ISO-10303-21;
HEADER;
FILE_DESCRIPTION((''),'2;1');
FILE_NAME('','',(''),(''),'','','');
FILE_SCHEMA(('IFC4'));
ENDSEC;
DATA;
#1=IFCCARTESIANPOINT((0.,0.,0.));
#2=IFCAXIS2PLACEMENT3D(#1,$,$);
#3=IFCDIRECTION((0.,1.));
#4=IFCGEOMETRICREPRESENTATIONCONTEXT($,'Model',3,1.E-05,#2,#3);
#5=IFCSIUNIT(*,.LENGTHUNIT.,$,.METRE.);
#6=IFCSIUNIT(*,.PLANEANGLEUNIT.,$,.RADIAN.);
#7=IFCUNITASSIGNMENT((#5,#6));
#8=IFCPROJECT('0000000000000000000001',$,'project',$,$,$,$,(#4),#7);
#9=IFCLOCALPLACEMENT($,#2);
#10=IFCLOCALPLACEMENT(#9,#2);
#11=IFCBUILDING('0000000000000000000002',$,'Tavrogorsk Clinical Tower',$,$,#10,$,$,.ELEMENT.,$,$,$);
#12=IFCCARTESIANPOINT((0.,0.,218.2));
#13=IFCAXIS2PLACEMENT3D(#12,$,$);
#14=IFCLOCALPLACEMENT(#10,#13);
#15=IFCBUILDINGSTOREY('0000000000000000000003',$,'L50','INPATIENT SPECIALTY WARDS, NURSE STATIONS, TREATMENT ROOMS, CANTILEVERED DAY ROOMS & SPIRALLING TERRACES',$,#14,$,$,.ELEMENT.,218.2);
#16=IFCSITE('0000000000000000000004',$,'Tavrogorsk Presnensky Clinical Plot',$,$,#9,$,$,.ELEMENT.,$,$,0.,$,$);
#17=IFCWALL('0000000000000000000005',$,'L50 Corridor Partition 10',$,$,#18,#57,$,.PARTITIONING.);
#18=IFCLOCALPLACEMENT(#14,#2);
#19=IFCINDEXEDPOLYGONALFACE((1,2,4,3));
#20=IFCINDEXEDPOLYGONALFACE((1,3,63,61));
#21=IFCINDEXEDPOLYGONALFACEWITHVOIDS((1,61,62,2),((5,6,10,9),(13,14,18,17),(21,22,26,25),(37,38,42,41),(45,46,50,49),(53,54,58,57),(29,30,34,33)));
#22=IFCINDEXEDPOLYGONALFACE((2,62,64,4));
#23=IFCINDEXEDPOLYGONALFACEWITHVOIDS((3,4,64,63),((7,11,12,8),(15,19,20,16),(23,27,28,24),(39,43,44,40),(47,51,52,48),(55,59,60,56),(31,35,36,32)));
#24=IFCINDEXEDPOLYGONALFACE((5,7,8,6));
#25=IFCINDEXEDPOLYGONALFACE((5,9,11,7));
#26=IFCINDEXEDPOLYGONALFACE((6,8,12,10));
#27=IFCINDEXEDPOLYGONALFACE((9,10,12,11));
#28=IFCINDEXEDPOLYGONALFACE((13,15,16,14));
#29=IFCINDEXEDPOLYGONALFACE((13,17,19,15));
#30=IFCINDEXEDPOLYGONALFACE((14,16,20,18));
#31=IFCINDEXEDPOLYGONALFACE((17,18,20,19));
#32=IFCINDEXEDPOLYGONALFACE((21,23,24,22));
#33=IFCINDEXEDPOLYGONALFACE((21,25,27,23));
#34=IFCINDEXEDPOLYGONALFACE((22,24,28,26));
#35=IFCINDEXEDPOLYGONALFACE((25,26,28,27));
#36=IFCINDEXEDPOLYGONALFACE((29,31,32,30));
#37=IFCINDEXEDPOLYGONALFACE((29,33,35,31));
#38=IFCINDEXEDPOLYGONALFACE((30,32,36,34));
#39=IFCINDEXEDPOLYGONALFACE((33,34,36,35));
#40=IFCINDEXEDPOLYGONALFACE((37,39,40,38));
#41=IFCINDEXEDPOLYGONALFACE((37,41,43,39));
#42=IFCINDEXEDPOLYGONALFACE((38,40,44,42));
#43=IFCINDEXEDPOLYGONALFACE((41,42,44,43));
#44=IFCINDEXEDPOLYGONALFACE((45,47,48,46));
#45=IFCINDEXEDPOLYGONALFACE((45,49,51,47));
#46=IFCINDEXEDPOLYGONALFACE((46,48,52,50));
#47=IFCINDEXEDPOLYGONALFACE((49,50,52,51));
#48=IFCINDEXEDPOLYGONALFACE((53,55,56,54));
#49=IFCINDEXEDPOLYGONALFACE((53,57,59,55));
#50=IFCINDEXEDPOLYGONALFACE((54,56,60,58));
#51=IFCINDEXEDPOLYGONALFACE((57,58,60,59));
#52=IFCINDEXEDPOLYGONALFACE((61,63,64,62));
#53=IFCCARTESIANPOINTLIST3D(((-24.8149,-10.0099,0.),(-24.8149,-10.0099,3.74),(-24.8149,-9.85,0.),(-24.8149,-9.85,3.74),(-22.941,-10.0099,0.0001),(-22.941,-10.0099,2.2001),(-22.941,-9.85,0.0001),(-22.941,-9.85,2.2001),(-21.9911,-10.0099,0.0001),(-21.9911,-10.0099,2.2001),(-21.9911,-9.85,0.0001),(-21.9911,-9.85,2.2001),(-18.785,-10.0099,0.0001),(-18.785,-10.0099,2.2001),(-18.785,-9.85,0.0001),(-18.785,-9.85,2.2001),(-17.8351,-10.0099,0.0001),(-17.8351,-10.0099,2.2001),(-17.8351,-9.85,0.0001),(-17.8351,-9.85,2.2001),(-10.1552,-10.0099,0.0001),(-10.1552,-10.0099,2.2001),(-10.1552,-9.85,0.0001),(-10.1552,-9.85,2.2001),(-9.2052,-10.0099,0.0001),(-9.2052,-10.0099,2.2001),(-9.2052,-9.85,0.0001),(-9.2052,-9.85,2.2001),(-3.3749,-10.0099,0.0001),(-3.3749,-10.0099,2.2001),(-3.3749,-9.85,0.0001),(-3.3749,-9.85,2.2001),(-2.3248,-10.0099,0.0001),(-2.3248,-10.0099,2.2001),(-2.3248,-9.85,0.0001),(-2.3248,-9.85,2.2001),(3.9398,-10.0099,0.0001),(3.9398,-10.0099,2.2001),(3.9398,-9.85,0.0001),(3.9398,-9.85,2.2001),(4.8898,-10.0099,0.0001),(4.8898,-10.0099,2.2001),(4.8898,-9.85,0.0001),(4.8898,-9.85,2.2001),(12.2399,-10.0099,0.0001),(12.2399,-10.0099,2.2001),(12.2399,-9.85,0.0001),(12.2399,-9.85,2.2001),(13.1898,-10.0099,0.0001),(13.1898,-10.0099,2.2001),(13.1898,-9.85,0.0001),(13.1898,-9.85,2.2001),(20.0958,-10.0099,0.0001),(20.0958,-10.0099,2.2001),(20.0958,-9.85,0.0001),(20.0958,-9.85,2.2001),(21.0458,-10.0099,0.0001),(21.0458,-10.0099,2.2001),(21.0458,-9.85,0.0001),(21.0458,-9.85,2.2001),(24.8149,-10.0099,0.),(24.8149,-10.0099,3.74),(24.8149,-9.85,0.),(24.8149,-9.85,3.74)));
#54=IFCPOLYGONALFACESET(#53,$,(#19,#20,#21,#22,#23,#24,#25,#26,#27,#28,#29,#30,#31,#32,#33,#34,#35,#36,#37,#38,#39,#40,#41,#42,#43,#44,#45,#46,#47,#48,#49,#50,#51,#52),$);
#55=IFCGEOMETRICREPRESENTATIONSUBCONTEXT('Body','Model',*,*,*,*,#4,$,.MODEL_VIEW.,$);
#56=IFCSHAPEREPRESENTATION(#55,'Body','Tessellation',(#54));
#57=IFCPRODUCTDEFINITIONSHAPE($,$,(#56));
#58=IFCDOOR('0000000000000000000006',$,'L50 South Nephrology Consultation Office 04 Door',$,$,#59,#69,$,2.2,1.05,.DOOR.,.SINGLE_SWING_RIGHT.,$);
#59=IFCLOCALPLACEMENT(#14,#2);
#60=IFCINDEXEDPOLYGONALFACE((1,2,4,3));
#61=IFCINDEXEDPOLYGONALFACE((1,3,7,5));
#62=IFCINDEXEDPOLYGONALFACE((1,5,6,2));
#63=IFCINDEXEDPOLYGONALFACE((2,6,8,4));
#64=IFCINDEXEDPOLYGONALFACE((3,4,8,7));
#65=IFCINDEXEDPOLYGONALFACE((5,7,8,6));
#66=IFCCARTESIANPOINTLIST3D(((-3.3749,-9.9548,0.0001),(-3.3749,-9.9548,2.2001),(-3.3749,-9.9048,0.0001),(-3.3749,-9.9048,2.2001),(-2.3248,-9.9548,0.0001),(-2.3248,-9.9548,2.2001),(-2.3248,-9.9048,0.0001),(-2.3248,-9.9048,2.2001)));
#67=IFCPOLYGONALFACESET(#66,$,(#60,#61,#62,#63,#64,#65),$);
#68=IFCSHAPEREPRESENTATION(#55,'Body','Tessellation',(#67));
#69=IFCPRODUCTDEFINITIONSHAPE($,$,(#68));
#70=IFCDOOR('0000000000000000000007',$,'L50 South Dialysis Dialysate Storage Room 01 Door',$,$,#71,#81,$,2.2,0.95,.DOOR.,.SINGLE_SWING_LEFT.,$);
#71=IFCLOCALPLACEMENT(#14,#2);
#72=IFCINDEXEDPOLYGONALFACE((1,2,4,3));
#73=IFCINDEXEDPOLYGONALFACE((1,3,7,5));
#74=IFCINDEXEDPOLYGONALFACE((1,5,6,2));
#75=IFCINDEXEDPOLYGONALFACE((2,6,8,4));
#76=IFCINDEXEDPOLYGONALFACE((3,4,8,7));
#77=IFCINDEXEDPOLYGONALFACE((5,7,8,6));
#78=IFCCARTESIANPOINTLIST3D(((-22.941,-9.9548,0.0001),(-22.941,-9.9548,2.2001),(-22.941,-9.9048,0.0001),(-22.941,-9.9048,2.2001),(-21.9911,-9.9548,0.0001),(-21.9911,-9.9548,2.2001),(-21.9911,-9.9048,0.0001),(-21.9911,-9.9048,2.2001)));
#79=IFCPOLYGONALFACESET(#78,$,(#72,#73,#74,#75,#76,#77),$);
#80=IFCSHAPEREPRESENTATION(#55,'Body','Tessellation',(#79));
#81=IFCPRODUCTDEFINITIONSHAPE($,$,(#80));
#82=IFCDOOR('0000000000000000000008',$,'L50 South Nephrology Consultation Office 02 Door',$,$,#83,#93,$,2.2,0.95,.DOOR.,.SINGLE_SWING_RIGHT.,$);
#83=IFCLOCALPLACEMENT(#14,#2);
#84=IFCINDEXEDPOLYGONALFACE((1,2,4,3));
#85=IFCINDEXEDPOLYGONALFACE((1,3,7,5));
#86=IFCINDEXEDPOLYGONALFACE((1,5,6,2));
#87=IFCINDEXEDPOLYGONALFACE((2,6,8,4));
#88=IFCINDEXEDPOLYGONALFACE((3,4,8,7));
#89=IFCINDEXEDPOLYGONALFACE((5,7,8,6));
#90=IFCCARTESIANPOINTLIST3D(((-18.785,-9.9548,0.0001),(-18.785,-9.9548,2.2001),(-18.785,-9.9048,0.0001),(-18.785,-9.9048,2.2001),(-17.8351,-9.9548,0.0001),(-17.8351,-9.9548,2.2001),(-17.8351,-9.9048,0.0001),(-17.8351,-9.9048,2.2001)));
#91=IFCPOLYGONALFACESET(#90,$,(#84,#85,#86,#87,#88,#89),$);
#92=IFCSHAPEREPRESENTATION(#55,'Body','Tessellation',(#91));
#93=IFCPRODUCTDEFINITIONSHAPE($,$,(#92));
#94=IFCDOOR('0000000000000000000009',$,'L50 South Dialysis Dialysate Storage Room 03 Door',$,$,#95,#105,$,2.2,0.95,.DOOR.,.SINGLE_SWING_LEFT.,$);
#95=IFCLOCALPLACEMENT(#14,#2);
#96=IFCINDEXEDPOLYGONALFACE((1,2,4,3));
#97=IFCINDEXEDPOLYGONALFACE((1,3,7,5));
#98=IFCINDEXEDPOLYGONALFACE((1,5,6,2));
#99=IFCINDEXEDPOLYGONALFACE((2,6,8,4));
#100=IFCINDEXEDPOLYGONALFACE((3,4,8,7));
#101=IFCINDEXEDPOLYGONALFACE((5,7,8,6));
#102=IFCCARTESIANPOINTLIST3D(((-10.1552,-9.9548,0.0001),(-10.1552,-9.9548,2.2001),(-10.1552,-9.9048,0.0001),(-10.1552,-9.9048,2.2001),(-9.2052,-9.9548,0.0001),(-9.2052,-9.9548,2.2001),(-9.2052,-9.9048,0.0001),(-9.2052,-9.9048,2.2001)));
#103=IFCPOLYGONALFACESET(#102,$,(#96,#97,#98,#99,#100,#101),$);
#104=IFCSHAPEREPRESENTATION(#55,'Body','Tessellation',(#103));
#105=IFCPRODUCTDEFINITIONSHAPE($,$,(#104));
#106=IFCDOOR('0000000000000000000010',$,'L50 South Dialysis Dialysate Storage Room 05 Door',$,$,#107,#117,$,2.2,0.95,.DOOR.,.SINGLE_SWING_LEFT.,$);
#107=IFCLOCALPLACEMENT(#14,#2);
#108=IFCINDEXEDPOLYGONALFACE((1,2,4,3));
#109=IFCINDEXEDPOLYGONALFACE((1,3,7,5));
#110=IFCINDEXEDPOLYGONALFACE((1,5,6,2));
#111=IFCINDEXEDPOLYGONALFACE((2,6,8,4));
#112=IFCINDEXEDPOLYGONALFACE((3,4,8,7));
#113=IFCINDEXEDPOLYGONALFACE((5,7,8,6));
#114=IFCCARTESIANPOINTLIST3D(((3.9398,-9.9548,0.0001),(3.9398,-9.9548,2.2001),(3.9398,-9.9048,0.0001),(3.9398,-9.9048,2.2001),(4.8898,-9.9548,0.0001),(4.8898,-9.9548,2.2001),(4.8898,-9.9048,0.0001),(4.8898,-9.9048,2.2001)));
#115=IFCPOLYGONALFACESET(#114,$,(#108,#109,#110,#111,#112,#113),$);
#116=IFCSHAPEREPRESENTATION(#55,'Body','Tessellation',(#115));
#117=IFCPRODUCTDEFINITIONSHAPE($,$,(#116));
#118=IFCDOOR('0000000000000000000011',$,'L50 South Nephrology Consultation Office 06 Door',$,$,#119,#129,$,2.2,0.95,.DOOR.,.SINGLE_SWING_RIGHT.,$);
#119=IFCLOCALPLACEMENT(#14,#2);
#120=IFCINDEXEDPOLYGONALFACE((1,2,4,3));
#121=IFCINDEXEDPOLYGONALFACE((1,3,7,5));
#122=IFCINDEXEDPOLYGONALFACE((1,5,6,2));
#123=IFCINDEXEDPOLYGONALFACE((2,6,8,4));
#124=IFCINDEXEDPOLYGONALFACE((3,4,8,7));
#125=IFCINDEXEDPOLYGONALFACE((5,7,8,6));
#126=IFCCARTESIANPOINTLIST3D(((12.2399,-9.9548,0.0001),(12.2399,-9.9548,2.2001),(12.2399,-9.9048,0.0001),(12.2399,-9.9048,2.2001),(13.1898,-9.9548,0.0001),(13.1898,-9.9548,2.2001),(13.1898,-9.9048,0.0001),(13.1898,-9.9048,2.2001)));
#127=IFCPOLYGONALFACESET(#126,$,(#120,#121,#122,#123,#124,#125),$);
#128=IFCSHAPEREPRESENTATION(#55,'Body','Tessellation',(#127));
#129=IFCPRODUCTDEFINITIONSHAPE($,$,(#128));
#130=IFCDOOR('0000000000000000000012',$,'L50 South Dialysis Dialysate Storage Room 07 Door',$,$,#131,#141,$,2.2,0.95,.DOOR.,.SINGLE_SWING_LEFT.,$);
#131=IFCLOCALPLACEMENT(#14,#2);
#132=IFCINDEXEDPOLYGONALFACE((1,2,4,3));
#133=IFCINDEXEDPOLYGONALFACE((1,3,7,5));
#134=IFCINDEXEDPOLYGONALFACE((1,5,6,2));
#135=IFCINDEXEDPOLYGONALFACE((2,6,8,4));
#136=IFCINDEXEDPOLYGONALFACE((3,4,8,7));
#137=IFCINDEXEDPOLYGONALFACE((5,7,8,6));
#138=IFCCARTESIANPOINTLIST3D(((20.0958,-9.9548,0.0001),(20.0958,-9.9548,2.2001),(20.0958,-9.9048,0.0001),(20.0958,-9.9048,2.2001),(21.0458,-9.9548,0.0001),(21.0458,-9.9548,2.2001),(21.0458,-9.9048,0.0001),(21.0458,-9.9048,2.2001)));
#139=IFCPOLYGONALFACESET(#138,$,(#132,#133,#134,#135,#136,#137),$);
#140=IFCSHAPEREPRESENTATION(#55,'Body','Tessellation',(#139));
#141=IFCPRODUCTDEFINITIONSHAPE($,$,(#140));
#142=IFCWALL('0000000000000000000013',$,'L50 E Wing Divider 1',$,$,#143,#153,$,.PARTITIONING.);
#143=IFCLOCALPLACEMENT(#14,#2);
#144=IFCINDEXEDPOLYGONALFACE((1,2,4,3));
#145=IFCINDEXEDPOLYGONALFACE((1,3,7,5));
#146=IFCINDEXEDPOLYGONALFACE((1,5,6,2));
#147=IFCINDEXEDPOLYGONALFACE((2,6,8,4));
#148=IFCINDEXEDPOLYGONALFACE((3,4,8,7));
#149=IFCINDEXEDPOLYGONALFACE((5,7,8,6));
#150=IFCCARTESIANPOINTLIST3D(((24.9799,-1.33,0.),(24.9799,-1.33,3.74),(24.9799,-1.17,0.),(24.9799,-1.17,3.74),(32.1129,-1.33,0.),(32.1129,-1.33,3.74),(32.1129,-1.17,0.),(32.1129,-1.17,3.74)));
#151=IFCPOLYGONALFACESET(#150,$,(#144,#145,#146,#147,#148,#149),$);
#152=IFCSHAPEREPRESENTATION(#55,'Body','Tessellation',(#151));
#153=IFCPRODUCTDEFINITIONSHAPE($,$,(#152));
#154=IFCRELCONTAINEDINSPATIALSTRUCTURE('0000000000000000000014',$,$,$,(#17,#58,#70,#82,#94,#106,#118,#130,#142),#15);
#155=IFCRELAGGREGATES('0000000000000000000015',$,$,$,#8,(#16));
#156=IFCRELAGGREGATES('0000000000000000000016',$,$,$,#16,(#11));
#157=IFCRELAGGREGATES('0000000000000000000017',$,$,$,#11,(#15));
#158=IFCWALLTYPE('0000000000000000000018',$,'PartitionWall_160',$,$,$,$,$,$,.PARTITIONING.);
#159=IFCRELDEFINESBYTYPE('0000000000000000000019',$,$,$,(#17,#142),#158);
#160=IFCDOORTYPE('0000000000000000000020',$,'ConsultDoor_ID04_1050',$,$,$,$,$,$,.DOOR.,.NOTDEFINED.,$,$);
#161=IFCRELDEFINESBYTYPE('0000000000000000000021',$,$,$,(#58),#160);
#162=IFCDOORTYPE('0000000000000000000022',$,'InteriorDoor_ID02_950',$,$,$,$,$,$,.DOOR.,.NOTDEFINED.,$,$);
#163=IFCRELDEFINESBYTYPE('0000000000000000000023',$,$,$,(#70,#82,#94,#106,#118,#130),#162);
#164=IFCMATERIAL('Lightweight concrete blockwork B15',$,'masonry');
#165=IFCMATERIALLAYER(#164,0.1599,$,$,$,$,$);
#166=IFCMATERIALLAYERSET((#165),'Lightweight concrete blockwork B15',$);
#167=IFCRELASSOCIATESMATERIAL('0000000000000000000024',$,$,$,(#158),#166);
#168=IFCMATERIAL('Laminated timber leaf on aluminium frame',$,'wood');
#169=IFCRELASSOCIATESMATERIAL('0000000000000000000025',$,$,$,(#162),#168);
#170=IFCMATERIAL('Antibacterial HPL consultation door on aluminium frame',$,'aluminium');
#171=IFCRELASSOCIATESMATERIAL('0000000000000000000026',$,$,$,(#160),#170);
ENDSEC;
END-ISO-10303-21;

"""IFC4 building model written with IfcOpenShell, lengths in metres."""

from ifc_helpers import new_model, si_unit, direction, frame, frame_2d, origin, place, context, subcontext, project, spatial, rectangle, extrude, material, layer, layer_set, type_object, element, fill, save


model = new_model("IFC4")

# Units and contexts
model_context = context("Model", 3, precision=1e-05, world=origin(), true_north=direction((0.0, 1.0)))
body_context = subcontext(model_context, "Body", "Model", "MODEL_VIEW")
ifc_project = project(units=[si_unit("LENGTHUNIT", "METRE"), si_unit("PLANEANGLEUNIT", "RADIAN")], contexts=[model_context])

# Site, building, storey
site_placement = place(None, origin())
site = spatial("IfcSite", under=ifc_project, at=site_placement, Name="Tavrogorsk Presnensky Clinical Plot", CompositionType="ELEMENT", RefElevation=0.0)
building_placement = place(site_placement, origin())
building = spatial("IfcBuilding", under=site, at=building_placement, Name="Tavrogorsk Clinical Tower", CompositionType="ELEMENT")
storey_placement = place(building_placement, frame((0.0, 0.0, 218.2)))
storey = spatial("IfcBuildingStorey", under=building, at=storey_placement, Name="L50", Description="INPATIENT SPECIALTY WARDS, NURSE STATIONS, TREATMENT ROOMS, CANTILEVERED DAY ROOMS & SPIRALLING TERRACES", CompositionType="ELEMENT", Elevation=218.2)

# Shared definitions
ifc_material_1 = material(Name="Lightweight concrete blockwork B15", Category="masonry")
ifc_layer = layer(ifc_material_1, 0.1599)
ifc_layer_set = layer_set([ifc_layer], Name="Lightweight concrete blockwork B15")
wall_type = type_object("IfcWallType", Name="PartitionWall_160", PredefinedType="PARTITIONING", material=ifc_layer_set)
ifc_material_2 = material(Name="Laminated timber leaf on aluminium frame", Category="wood")
door_type_1 = type_object("IfcDoorType", Name="InteriorDoor_ID02_950", OperationType="NOTDEFINED", PredefinedType="DOOR", material=ifc_material_2)

# Wall, openings, doors
wall_1_placement = place(storey_placement, frame((24.8149, -9.9299, 0.0), z_axis=(0.0, 0.0, 1.0), x_axis=(-1.0, 0.0, 0.0)))
wall_1 = element("IfcWall", 1, at=wall_1_placement, inside=storey, type_object=wall_type, Name="L50 Corridor Partition 10", PredefinedType="PARTITIONING", context=body_context, shape_type="SweptSolid", body=[
    extrude(rectangle(XDim=49.6299, YDim=0.1599, at=frame_2d((24.8149, 0.0))), origin(), (0.0, 0.0, 1.0), 3.74),
])
opening_1_placement = place(wall_1_placement, frame((46.8059, 0.0, 0.0)))
opening_1 = element("IfcOpeningElement", 2, at=opening_1_placement, cuts=wall_1, PredefinedType="OPENING", context=body_context, shape_type="SweptSolid", body=[
    extrude(rectangle(XDim=0.95, YDim=2.2, at=frame_2d((0.4751, 1.1001))), frame((0.0, 0.0898, 0.0), z_axis=(0.0, -1.0, 0.0), x_axis=(1.0, 0.0, 0.0)), (0.0, 0.0, 1.0), 0.1799),
])
opening_2_placement = place(wall_1_placement, frame((42.6499, 0.0, 0.0)))
opening_2 = element("IfcOpeningElement", 3, at=opening_2_placement, cuts=wall_1, PredefinedType="OPENING", context=body_context, shape_type="SweptSolid", body=[
    extrude(rectangle(XDim=0.95, YDim=2.2, at=frame_2d((0.4751, 1.1001))), frame((0.0, 0.0898, 0.0), z_axis=(0.0, -1.0, 0.0), x_axis=(1.0, 0.0, 0.0)), (0.0, 0.0, 1.0), 0.1799),
])
opening_3_placement = place(wall_1_placement, frame((34.02, 0.0, 0.0)))
opening_3 = element("IfcOpeningElement", 4, at=opening_3_placement, cuts=wall_1, PredefinedType="OPENING", context=body_context, shape_type="SweptSolid", body=[
    extrude(rectangle(XDim=0.95, YDim=2.2, at=frame_2d((0.4751, 1.1001))), frame((0.0, 0.0898, 0.0), z_axis=(0.0, -1.0, 0.0), x_axis=(1.0, 0.0, 0.0)), (0.0, 0.0, 1.0), 0.1799),
])
opening_4_placement = place(wall_1_placement, frame((27.1399, 0.0, 0.0)))
opening_4 = element("IfcOpeningElement", 5, at=opening_4_placement, cuts=wall_1, PredefinedType="OPENING", context=body_context, shape_type="SweptSolid", body=[
    extrude(rectangle(XDim=1.05, YDim=2.2, at=frame_2d((0.5249, 1.1001))), frame((0.0, 0.0898, 0.0), z_axis=(0.0, -1.0, 0.0), x_axis=(1.0, 0.0, 0.0)), (0.0, 0.0, 1.0), 0.1799),
])
opening_5_placement = place(wall_1_placement, frame((19.925, 0.0, 0.0)))
opening_5 = element("IfcOpeningElement", 6, at=opening_5_placement, cuts=wall_1, PredefinedType="OPENING", context=body_context, shape_type="SweptSolid", body=[
    extrude(rectangle(XDim=0.95, YDim=2.2, at=frame_2d((0.4751, 1.1001))), frame((0.0, 0.0898, 0.0), z_axis=(0.0, -1.0, 0.0), x_axis=(1.0, 0.0, 0.0)), (0.0, 0.0, 1.0), 0.1799),
])
opening_6_placement = place(wall_1_placement, frame((11.625, 0.0, 0.0)))
opening_6 = element("IfcOpeningElement", 7, at=opening_6_placement, cuts=wall_1, PredefinedType="OPENING", context=body_context, shape_type="SweptSolid", body=[
    extrude(rectangle(XDim=0.95, YDim=2.2, at=frame_2d((0.4751, 1.1001))), frame((0.0, 0.0898, 0.0), z_axis=(0.0, -1.0, 0.0), x_axis=(1.0, 0.0, 0.0)), (0.0, 0.0, 1.0), 0.1799),
])
opening_7_placement = place(wall_1_placement, frame((3.769, 0.0, 0.0)))
opening_7 = element("IfcOpeningElement", 8, at=opening_7_placement, cuts=wall_1, PredefinedType="OPENING", context=body_context, shape_type="SweptSolid", body=[
    extrude(rectangle(XDim=0.95, YDim=2.2, at=frame_2d((0.4751, 1.1001))), frame((0.0, 0.0898, 0.0), z_axis=(0.0, -1.0, 0.0), x_axis=(1.0, 0.0, 0.0)), (0.0, 0.0, 1.0), 0.1799),
])
ifc_material_3 = material(Name="Antibacterial HPL consultation door on aluminium frame", Category="aluminium")
door_type_2 = type_object("IfcDoorType", Name="ConsultDoor_ID04_1050", OperationType="NOTDEFINED", PredefinedType="DOOR", material=ifc_material_3)
door_1_placement = place(opening_4_placement, origin())
door_1 = element("IfcDoor", 9, at=door_1_placement, inside=storey, type_object=door_type_2, Name="L50 South Nephrology Consultation Office 04 Door", OperationType="SINGLE_SWING_RIGHT", OverallHeight=2.2, OverallWidth=1.05, PredefinedType="DOOR", context=body_context, shape_type="SweptSolid", body=[
    extrude(rectangle(XDim=1.05, YDim=2.2, at=frame_2d((0.5249, 1.1001))), frame((0.0, 0.0249, 0.0), z_axis=(0.0, -1.0, 0.0), x_axis=(1.0, 0.0, 0.0)), (0.0, 0.0, 1.0), 0.05),
])
fill(opening_4, door_1)
door_2_placement = place(opening_1_placement, origin())
door_2 = element("IfcDoor", 10, at=door_2_placement, inside=storey, type_object=door_type_1, Name="L50 South Dialysis Dialysate Storage Room 01 Door", OperationType="SINGLE_SWING_LEFT", OverallHeight=2.2, OverallWidth=0.95, PredefinedType="DOOR", context=body_context, shape_type="SweptSolid", body=[
    extrude(rectangle(XDim=0.95, YDim=2.2, at=frame_2d((0.4751, 1.1001))), frame((0.0, 0.0249, 0.0), z_axis=(0.0, -1.0, 0.0), x_axis=(1.0, 0.0, 0.0)), (0.0, 0.0, 1.0), 0.05),
])
fill(opening_1, door_2)
door_3_placement = place(opening_2_placement, origin())
door_3 = element("IfcDoor", 11, at=door_3_placement, inside=storey, type_object=door_type_1, Name="L50 South Nephrology Consultation Office 02 Door", OperationType="SINGLE_SWING_RIGHT", OverallHeight=2.2, OverallWidth=0.95, PredefinedType="DOOR", context=body_context, shape_type="SweptSolid", body=[
    extrude(rectangle(XDim=0.95, YDim=2.2, at=frame_2d((0.4751, 1.1001))), frame((0.0, 0.0249, 0.0), z_axis=(0.0, -1.0, 0.0), x_axis=(1.0, 0.0, 0.0)), (0.0, 0.0, 1.0), 0.05),
])
fill(opening_2, door_3)
door_4_placement = place(opening_3_placement, origin())
door_4 = element("IfcDoor", 12, at=door_4_placement, inside=storey, type_object=door_type_1, Name="L50 South Dialysis Dialysate Storage Room 03 Door", OperationType="SINGLE_SWING_LEFT", OverallHeight=2.2, OverallWidth=0.95, PredefinedType="DOOR", context=body_context, shape_type="SweptSolid", body=[
    extrude(rectangle(XDim=0.95, YDim=2.2, at=frame_2d((0.4751, 1.1001))), frame((0.0, 0.0249, 0.0), z_axis=(0.0, -1.0, 0.0), x_axis=(1.0, 0.0, 0.0)), (0.0, 0.0, 1.0), 0.05),
])
fill(opening_3, door_4)
door_5_placement = place(opening_5_placement, origin())
door_5 = element("IfcDoor", 13, at=door_5_placement, inside=storey, type_object=door_type_1, Name="L50 South Dialysis Dialysate Storage Room 05 Door", OperationType="SINGLE_SWING_LEFT", OverallHeight=2.2, OverallWidth=0.95, PredefinedType="DOOR", context=body_context, shape_type="SweptSolid", body=[
    extrude(rectangle(XDim=0.95, YDim=2.2, at=frame_2d((0.4751, 1.1001))), frame((0.0, 0.0249, 0.0), z_axis=(0.0, -1.0, 0.0), x_axis=(1.0, 0.0, 0.0)), (0.0, 0.0, 1.0), 0.05),
])
fill(opening_5, door_5)
door_6_placement = place(opening_6_placement, origin())
door_6 = element("IfcDoor", 14, at=door_6_placement, inside=storey, type_object=door_type_1, Name="L50 South Nephrology Consultation Office 06 Door", OperationType="SINGLE_SWING_RIGHT", OverallHeight=2.2, OverallWidth=0.95, PredefinedType="DOOR", context=body_context, shape_type="SweptSolid", body=[
    extrude(rectangle(XDim=0.95, YDim=2.2, at=frame_2d((0.4751, 1.1001))), frame((0.0, 0.0249, 0.0), z_axis=(0.0, -1.0, 0.0), x_axis=(1.0, 0.0, 0.0)), (0.0, 0.0, 1.0), 0.05),
])
fill(opening_6, door_6)
door_7_placement = place(opening_7_placement, origin())
door_7 = element("IfcDoor", 15, at=door_7_placement, inside=storey, type_object=door_type_1, Name="L50 South Dialysis Dialysate Storage Room 07 Door", OperationType="SINGLE_SWING_LEFT", OverallHeight=2.2, OverallWidth=0.95, PredefinedType="DOOR", context=body_context, shape_type="SweptSolid", body=[
    extrude(rectangle(XDim=0.95, YDim=2.2, at=frame_2d((0.4751, 1.1001))), frame((0.0, 0.0249, 0.0), z_axis=(0.0, -1.0, 0.0), x_axis=(1.0, 0.0, 0.0)), (0.0, 0.0, 1.0), 0.05),
])
fill(opening_7, door_7)

# Wall
wall_2_placement = place(storey_placement, frame((24.98, -1.25, 0.0), z_axis=(0.0, 0.0, 1.0), x_axis=(1.0, 0.0, 0.0)))
element("IfcWall", 16, at=wall_2_placement, inside=storey, type_object=wall_type, Name="L50 E Wing Divider 1", PredefinedType="PARTITIONING", context=body_context, shape_type="SweptSolid", body=[
    extrude(rectangle(XDim=7.1331, YDim=0.1599, at=frame_2d((3.5664, 0.0))), origin(), (0.0, 0.0, 1.0), 3.74),
])

save(model, "model.ifc")
